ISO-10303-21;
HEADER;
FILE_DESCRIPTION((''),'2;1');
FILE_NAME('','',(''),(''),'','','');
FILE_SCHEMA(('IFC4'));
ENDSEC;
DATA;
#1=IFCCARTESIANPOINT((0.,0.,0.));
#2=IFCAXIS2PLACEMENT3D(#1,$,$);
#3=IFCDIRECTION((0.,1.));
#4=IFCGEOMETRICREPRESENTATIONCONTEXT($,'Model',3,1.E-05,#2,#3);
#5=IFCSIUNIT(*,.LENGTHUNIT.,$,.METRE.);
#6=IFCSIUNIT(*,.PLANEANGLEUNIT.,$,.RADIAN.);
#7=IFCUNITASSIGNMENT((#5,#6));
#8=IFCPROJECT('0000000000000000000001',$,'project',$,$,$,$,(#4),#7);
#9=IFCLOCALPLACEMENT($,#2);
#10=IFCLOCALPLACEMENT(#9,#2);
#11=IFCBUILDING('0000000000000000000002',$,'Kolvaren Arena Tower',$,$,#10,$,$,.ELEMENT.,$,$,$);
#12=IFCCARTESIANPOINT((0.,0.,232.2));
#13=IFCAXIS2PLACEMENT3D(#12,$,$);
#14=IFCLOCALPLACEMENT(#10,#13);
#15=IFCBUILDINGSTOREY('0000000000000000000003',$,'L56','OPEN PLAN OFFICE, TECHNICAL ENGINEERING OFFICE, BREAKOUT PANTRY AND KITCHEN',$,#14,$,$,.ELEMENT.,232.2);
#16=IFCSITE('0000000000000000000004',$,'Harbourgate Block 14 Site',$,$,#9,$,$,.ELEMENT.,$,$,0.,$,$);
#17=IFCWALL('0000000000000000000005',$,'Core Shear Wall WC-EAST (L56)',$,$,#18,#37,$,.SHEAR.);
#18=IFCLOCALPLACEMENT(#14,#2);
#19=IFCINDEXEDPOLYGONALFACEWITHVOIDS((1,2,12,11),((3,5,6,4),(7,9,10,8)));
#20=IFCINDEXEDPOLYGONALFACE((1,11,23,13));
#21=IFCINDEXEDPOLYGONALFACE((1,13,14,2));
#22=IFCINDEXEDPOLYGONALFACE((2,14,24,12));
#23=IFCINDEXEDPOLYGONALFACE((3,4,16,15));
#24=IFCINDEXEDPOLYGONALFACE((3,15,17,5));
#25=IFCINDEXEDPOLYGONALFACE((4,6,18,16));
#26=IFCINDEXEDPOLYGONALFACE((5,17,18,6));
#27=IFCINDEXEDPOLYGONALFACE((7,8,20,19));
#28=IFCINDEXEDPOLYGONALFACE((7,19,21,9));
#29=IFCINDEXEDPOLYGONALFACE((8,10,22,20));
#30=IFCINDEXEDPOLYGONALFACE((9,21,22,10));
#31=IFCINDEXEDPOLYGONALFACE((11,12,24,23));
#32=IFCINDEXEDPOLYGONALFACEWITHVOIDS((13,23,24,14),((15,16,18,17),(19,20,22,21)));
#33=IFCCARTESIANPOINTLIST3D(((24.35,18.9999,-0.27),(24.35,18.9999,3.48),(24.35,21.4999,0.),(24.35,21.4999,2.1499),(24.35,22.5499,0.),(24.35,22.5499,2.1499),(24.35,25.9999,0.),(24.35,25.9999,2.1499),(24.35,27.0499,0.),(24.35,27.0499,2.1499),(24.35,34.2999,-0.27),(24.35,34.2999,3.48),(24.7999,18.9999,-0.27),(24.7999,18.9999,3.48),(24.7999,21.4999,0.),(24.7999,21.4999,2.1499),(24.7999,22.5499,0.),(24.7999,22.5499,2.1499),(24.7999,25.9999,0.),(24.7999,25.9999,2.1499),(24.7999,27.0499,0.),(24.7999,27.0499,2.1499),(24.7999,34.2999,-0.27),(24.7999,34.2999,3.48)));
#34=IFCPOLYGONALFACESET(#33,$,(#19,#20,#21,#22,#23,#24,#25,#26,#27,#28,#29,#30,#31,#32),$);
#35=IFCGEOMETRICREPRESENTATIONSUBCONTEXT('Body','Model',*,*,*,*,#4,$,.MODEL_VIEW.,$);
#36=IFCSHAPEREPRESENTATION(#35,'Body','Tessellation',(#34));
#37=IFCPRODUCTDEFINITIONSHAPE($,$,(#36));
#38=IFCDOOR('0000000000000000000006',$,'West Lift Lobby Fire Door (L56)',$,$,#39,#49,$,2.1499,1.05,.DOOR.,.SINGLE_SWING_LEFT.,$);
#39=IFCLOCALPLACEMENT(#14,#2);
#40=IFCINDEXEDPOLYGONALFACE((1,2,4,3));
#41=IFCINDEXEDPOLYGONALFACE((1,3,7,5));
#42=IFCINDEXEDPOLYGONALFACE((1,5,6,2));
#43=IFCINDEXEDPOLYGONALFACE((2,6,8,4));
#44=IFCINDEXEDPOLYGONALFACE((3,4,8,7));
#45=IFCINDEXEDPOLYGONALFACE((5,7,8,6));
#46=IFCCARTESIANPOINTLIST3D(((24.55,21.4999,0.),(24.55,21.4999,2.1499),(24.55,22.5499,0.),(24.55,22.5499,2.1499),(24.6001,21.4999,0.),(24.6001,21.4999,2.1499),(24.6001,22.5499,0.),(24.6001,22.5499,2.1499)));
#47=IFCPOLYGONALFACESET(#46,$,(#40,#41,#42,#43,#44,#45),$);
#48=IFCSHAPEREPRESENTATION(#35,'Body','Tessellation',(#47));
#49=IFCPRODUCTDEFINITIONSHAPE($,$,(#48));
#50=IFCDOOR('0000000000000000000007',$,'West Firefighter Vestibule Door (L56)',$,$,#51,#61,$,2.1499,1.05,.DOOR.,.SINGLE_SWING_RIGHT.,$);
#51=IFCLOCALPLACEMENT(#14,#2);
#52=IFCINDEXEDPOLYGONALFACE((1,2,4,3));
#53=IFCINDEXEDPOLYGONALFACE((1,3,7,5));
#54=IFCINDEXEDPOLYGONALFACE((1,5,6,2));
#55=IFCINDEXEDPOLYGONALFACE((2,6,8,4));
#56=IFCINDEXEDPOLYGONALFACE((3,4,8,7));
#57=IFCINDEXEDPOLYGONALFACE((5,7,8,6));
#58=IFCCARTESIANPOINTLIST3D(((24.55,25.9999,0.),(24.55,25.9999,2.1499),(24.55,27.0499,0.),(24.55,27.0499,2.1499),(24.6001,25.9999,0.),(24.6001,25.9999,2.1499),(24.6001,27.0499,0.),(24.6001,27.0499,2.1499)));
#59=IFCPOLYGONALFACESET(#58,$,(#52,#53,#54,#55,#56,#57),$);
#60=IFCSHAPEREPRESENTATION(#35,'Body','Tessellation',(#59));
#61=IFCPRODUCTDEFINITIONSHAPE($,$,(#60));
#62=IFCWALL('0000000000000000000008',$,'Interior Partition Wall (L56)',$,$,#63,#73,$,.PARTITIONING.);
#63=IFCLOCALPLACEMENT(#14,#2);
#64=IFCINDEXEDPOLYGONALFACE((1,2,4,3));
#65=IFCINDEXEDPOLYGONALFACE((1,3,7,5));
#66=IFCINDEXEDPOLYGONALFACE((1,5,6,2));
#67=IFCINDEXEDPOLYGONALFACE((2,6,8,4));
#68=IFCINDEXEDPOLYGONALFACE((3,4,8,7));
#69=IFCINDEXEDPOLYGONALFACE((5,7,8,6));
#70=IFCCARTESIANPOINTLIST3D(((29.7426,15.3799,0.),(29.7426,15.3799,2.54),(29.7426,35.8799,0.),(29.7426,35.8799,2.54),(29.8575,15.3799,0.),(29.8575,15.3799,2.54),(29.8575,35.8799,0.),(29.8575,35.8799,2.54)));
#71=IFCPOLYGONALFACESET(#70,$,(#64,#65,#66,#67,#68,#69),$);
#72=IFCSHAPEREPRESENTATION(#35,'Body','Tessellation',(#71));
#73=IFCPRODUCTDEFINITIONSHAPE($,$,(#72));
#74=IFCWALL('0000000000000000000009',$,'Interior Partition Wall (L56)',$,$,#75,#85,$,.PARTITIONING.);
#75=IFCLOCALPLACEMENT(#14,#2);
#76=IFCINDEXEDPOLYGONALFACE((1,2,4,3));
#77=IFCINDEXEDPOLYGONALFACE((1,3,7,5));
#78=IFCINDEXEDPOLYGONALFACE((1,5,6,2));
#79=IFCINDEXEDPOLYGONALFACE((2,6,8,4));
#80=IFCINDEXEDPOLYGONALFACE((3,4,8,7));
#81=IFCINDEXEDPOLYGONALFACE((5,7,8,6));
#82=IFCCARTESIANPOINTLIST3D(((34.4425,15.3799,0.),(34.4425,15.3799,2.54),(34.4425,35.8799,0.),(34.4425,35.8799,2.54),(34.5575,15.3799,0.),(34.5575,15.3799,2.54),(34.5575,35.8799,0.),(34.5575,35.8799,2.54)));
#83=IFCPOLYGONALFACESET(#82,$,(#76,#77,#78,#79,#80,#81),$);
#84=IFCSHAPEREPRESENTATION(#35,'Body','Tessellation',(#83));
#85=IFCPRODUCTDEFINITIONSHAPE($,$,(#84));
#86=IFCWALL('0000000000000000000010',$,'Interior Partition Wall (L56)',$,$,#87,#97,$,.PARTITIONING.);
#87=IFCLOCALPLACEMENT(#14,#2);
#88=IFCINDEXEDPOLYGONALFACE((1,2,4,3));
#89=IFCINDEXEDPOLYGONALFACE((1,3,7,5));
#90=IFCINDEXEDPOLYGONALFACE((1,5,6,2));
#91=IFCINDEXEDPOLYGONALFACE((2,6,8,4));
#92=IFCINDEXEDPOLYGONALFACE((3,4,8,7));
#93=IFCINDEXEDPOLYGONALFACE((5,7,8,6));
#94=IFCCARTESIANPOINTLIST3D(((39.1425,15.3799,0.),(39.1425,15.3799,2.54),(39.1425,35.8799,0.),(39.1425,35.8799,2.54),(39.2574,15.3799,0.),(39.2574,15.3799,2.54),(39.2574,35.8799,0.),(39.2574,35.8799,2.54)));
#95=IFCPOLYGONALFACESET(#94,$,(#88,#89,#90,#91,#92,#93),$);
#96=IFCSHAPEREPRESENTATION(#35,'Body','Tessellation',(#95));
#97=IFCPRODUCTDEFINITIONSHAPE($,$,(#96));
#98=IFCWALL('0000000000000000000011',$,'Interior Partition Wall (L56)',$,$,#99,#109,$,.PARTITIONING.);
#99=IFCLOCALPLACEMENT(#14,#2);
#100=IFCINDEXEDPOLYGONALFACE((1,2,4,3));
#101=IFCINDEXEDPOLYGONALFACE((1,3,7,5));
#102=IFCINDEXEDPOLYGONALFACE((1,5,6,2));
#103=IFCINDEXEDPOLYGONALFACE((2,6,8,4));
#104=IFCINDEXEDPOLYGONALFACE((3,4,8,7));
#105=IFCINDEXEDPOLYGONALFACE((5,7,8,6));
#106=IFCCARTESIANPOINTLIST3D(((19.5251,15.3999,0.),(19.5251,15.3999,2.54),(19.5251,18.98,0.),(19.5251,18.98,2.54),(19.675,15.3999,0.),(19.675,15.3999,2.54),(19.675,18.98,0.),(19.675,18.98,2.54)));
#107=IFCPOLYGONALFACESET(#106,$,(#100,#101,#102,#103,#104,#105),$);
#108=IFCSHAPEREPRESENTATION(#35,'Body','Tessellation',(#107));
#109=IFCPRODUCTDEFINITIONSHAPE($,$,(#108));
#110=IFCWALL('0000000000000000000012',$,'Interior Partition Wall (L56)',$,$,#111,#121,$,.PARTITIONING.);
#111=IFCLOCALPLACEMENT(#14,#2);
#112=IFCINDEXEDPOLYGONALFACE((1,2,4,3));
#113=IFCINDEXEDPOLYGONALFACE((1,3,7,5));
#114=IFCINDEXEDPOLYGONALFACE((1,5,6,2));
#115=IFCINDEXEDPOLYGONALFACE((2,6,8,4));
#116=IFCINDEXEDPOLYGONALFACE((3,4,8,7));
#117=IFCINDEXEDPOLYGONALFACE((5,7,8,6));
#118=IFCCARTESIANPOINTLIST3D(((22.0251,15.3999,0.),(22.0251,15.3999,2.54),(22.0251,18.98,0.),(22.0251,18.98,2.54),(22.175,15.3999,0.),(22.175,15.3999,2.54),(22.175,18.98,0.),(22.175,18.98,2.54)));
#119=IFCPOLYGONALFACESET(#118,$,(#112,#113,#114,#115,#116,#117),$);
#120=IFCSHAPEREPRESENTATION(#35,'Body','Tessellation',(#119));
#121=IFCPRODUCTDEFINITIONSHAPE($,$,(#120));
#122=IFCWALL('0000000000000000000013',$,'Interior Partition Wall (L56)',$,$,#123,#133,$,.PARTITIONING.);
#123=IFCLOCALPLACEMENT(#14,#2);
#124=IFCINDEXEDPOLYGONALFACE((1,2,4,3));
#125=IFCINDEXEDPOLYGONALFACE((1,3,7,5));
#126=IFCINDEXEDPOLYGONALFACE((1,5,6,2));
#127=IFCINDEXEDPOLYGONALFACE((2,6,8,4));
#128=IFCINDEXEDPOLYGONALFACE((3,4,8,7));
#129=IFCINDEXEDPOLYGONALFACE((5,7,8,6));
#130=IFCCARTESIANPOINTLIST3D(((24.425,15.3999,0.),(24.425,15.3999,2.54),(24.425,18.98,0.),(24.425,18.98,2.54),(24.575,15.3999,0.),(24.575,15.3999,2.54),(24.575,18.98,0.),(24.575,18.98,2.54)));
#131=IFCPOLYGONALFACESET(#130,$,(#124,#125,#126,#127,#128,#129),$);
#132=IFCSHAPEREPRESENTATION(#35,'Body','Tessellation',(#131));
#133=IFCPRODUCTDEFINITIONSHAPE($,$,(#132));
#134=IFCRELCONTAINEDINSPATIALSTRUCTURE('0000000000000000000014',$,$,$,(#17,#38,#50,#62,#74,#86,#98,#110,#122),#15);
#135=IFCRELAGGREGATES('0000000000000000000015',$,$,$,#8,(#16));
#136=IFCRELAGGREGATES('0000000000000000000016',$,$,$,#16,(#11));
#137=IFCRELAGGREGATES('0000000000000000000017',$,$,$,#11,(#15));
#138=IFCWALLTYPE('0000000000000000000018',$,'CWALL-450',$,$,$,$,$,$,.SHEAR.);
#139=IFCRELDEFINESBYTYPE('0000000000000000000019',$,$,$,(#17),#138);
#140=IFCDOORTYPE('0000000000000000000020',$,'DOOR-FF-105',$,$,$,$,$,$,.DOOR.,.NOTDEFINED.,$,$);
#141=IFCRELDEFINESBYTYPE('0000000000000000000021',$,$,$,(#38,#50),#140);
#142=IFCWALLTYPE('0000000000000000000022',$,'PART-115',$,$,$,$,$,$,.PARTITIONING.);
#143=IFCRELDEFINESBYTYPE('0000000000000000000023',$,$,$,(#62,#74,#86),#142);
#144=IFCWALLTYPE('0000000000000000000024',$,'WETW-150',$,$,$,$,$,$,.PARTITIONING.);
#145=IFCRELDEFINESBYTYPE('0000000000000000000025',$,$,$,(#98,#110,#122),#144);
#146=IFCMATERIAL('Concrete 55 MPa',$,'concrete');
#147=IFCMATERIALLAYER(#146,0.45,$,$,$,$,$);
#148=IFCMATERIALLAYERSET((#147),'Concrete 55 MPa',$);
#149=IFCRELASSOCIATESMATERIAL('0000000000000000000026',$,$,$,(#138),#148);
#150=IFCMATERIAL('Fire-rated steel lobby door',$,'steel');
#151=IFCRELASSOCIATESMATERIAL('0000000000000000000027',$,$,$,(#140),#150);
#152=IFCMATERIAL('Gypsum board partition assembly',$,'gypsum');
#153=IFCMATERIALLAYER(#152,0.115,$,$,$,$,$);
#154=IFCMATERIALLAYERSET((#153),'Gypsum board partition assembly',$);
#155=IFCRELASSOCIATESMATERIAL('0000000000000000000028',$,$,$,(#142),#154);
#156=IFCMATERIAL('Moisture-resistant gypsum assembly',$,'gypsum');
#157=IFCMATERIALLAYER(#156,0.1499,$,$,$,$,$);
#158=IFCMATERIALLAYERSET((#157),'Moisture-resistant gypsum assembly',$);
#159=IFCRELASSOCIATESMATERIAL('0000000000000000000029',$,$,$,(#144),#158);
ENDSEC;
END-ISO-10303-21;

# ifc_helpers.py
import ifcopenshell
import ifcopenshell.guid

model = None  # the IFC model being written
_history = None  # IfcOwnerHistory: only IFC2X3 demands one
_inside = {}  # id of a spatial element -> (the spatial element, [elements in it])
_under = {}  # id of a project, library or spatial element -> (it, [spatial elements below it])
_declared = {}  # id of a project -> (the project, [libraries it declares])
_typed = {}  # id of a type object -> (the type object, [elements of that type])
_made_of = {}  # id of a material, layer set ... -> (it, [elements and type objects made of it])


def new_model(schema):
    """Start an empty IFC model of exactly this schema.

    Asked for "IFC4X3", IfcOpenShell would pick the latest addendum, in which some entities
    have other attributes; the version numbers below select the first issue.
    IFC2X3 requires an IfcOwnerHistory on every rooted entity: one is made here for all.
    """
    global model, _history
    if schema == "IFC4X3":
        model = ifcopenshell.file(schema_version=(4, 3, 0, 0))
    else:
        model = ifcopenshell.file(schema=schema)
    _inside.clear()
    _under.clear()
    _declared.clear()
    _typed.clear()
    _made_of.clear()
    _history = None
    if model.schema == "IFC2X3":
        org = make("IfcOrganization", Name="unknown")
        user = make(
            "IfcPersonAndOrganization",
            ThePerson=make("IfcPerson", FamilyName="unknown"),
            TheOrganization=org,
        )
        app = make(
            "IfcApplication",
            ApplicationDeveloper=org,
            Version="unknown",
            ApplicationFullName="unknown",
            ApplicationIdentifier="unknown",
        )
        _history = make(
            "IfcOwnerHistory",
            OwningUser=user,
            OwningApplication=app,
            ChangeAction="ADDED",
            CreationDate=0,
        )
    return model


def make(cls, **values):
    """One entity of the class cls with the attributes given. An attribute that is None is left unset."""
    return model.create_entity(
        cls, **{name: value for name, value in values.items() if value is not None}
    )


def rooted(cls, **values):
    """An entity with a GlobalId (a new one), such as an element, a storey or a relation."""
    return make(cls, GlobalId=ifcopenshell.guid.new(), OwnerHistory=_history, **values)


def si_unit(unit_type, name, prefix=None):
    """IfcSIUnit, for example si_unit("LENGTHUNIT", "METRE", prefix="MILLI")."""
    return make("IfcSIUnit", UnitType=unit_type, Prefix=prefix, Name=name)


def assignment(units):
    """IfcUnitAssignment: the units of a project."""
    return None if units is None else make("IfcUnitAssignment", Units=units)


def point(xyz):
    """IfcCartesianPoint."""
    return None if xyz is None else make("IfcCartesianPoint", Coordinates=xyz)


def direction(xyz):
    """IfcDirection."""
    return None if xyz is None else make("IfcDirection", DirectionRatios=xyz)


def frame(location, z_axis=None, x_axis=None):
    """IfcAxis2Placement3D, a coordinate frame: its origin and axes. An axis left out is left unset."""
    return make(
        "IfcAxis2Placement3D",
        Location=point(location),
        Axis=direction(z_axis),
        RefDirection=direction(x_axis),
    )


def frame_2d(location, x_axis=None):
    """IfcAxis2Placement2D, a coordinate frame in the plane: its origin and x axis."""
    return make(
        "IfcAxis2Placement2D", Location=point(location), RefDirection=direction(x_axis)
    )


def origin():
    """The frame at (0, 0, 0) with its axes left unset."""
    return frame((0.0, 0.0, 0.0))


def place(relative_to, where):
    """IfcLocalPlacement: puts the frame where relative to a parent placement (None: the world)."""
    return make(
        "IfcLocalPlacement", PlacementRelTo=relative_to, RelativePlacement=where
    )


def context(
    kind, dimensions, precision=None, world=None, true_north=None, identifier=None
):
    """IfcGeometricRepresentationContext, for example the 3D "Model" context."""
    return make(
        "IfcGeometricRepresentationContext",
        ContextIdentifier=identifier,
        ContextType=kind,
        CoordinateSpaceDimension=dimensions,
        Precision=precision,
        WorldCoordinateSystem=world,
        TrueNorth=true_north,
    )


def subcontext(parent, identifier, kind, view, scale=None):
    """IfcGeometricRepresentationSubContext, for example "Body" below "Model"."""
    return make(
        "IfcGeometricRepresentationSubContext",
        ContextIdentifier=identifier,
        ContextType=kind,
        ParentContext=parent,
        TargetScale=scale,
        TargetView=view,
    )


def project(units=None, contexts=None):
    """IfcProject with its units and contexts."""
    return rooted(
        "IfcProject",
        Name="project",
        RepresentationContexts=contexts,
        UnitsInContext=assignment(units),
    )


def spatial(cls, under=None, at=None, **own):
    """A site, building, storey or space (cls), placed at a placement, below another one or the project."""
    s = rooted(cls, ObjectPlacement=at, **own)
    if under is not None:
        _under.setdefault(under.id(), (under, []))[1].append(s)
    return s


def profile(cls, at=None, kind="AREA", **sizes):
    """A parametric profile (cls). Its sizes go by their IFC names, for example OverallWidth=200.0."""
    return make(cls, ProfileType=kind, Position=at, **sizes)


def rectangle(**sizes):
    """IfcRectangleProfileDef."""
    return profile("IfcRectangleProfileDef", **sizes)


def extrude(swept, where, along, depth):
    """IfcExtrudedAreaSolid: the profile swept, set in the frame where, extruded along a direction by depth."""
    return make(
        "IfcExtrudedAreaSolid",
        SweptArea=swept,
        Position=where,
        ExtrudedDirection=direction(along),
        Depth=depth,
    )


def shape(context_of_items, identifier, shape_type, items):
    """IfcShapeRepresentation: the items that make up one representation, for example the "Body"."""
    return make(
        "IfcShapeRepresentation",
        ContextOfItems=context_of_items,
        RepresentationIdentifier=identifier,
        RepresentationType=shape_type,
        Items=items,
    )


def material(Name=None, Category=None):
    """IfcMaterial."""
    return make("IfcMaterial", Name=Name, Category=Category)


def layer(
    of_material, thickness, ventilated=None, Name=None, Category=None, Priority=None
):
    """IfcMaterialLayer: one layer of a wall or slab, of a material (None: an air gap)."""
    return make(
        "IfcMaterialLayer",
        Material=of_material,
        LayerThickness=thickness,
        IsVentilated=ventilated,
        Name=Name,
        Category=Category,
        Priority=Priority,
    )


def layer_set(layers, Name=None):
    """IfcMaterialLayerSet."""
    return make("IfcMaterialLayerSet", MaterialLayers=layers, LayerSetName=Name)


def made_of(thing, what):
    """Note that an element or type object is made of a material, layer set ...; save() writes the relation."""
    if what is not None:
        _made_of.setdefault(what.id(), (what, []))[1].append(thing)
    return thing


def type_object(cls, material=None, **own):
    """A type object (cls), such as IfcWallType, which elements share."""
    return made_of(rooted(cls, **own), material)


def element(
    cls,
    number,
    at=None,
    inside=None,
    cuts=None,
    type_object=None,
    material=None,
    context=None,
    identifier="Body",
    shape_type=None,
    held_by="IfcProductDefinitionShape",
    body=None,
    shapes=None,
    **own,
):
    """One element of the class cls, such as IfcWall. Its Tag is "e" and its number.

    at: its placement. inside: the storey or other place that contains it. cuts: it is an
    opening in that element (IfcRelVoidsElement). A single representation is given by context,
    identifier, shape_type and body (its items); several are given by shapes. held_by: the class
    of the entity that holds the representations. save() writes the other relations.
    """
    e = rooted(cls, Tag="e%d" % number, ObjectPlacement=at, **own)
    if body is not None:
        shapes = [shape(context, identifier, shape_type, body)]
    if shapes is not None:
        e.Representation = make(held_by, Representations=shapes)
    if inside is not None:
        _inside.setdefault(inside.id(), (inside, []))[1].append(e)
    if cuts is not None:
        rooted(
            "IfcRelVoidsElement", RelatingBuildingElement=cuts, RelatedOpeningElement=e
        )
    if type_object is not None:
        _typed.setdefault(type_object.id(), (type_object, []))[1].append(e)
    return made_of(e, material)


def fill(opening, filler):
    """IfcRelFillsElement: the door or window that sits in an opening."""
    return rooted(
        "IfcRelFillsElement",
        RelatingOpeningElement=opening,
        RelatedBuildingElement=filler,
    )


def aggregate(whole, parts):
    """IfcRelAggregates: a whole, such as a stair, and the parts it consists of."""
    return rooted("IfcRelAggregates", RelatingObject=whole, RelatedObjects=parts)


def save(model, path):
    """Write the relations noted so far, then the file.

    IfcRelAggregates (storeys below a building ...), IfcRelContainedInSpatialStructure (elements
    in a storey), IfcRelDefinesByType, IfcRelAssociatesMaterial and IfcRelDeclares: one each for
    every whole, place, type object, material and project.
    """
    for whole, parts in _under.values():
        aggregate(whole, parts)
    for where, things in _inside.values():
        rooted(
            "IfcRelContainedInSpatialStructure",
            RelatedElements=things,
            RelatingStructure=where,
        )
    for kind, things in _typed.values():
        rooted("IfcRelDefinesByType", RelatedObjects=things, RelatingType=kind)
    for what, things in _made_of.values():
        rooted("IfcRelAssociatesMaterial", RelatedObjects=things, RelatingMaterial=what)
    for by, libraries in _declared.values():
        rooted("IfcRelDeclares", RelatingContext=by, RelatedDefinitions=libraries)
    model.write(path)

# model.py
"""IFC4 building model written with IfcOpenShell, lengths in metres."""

from ifc_helpers import new_model, si_unit, direction, frame, frame_2d, origin, place, context, subcontext, project, spatial, rectangle, extrude, material, layer, layer_set, type_object, element, fill, save


model = new_model("IFC4")

# Units and contexts
model_context = context("Model", 3, precision=1e-05, world=origin(), true_north=direction((0.0, 1.0)))
body_context = subcontext(model_context, "Body", "Model", "MODEL_VIEW")
ifc_project = project(units=[si_unit("LENGTHUNIT", "METRE"), si_unit("PLANEANGLEUNIT", "RADIAN")], contexts=[model_context])

# Site, building, storey
site_placement = place(None, origin())
site = spatial("IfcSite", under=ifc_project, at=site_placement, Name="Harbourgate Block 14 Site", CompositionType="ELEMENT", RefElevation=0.0)
building_placement = place(site_placement, origin())
building = spatial("IfcBuilding", under=site, at=building_placement, Name="Kolvaren Arena Tower", CompositionType="ELEMENT")
storey_placement = place(building_placement, frame((0.0, 0.0, 232.2)))
storey = spatial("IfcBuildingStorey", under=building, at=storey_placement, Name="L56", Description="OPEN PLAN OFFICE, TECHNICAL ENGINEERING OFFICE, BREAKOUT PANTRY AND KITCHEN", CompositionType="ELEMENT", Elevation=232.2)

# Wall, openings, doors
ifc_material_1 = material(Name="Concrete 55 MPa", Category="concrete")
ifc_layer_1 = layer(ifc_material_1, 0.45)
ifc_layer_set_1 = layer_set([ifc_layer_1], Name="Concrete 55 MPa")
wall_type_1 = type_object("IfcWallType", Name="CWALL-450", PredefinedType="SHEAR", material=ifc_layer_set_1)
wall_1_placement = place(storey_placement, frame((24.575, 19.0, -0.27), z_axis=(0.0, 0.0, 1.0), x_axis=(0.0, 1.0, 0.0)))
wall_1 = element("IfcWall", 1, at=wall_1_placement, inside=storey, type_object=wall_type_1, Name="Core Shear Wall WC-EAST (L56)", PredefinedType="SHEAR", context=body_context, shape_type="SweptSolid", body=[
    extrude(rectangle(XDim=15.3, YDim=0.45, at=frame_2d((7.6499, 0.0))), origin(), (0.0, 0.0, 1.0), 3.75),
])
opening_1_placement = place(wall_1_placement, frame((2.5, 0.0, 0.27)))
opening_1 = element("IfcOpeningElement", 2, at=opening_1_placement, cuts=wall_1, PredefinedType="OPENING", context=body_context, shape_type="SweptSolid", body=[
    extrude(rectangle(XDim=1.05, YDim=2.1499, at=frame_2d((0.5249, 1.075))), frame((0.0, 0.2349, 0.0), z_axis=(0.0, -1.0, 0.0), x_axis=(1.0, 0.0, 0.0)), (0.0, 0.0, 1.0), 0.47),
])
opening_2_placement = place(wall_1_placement, frame((7.0, 0.0, 0.27)))
opening_2 = element("IfcOpeningElement", 3, at=opening_2_placement, cuts=wall_1, PredefinedType="OPENING", context=body_context, shape_type="SweptSolid", body=[
    extrude(rectangle(XDim=1.05, YDim=2.1499, at=frame_2d((0.5249, 1.075))), frame((0.0, 0.2349, 0.0), z_axis=(0.0, -1.0, 0.0), x_axis=(1.0, 0.0, 0.0)), (0.0, 0.0, 1.0), 0.47),
])
ifc_material_2 = material(Name="Fire-rated steel lobby door", Category="steel")
door_type_1 = type_object("IfcDoorType", Name="DOOR-FF-105", OperationType="NOTDEFINED", PredefinedType="DOOR", material=ifc_material_2)
door_1_placement = place(opening_1_placement, origin())
door_1 = element("IfcDoor", 4, at=door_1_placement, inside=storey, type_object=door_type_1, Name="West Lift Lobby Fire Door (L56)", OperationType="SINGLE_SWING_LEFT", OverallHeight=2.1499, OverallWidth=1.05, PredefinedType="DOOR", context=body_context, shape_type="SweptSolid", body=[
    extrude(rectangle(XDim=1.05, YDim=2.1499, at=frame_2d((0.5249, 1.075))), frame((0.0, 0.0249, 0.0), z_axis=(0.0, -1.0, 0.0), x_axis=(1.0, 0.0, 0.0)), (0.0, 0.0, 1.0), 0.05),
])
fill(opening_1, door_1)
door_2_placement = place(opening_2_placement, origin())
door_2 = element("IfcDoor", 5, at=door_2_placement, inside=storey, type_object=door_type_1, Name="West Firefighter Vestibule Door (L56)", OperationType="SINGLE_SWING_RIGHT", OverallHeight=2.1499, OverallWidth=1.05, PredefinedType="DOOR", context=body_context, shape_type="SweptSolid", body=[
    extrude(rectangle(XDim=1.05, YDim=2.1499, at=frame_2d((0.5249, 1.075))), frame((0.0, 0.0249, 0.0), z_axis=(0.0, -1.0, 0.0), x_axis=(1.0, 0.0, 0.0)), (0.0, 0.0, 1.0), 0.05),
])
fill(opening_2, door_2)

# Walls
ifc_material_3 = material(Name="Gypsum board partition assembly", Category="gypsum")
ifc_layer_2 = layer(ifc_material_3, 0.115)
ifc_layer_set_2 = layer_set([ifc_layer_2], Name="Gypsum board partition assembly")
wall_type_2 = type_object("IfcWallType", Name="PART-115", PredefinedType="PARTITIONING", material=ifc_layer_set_2)
for number, where, z_axis, x_axis, name in (
    (6, (29.8, 15.3799, 0.0), (0.0, 0.0, 1.0), (0.0, 1.0, 0.0), "Interior Partition Wall (L56)"),
    (7, (34.5, 15.3799, 0.0), (0.0, 0.0, 1.0), (0.0, 1.0, 0.0), "Interior Partition Wall (L56)"),
    (8, (39.2, 15.3799, 0.0), (0.0, 0.0, 1.0), (0.0, 1.0, 0.0), "Interior Partition Wall (L56)"),
):
    element("IfcWall", number, at=place(storey_placement, frame(where, z_axis=z_axis, x_axis=x_axis)), inside=storey, type_object=wall_type_2, Name=name, PredefinedType="PARTITIONING", context=body_context, shape_type="SweptSolid", body=[
        extrude(rectangle(XDim=20.5, YDim=0.115, at=frame_2d((10.25, 0.0))), origin(), (0.0, 0.0, 1.0), 2.54),
    ])
ifc_material_4 = material(Name="Moisture-resistant gypsum assembly", Category="gypsum")
ifc_layer_3 = layer(ifc_material_4, 0.1499)
ifc_layer_set_3 = layer_set([ifc_layer_3], Name="Moisture-resistant gypsum assembly")
wall_type_3 = type_object("IfcWallType", Name="WETW-150", PredefinedType="PARTITIONING", material=ifc_layer_set_3)
for number, where, z_axis, x_axis, name in (
    (9, (19.6001, 15.3999, 0.0), (0.0, 0.0, 1.0), (0.0, 1.0, 0.0), "Interior Partition Wall (L56)"),
    (10, (22.1001, 15.3999, 0.0), (0.0, 0.0, 1.0), (0.0, 1.0, 0.0), "Interior Partition Wall (L56)"),
    (11, (24.5, 15.3999, 0.0), (0.0, 0.0, 1.0), (0.0, 1.0, 0.0), "Interior Partition Wall (L56)"),
):
    element("IfcWall", number, at=place(storey_placement, frame(where, z_axis=z_axis, x_axis=x_axis)), inside=storey, type_object=wall_type_3, Name=name, PredefinedType="PARTITIONING", context=body_context, shape_type="SweptSolid", body=[
        extrude(rectangle(XDim=3.5801, YDim=0.1499, at=frame_2d((1.79, 0.0))), origin(), (0.0, 0.0, 1.0), 2.54),
    ])

save(model, "model.ifc")
